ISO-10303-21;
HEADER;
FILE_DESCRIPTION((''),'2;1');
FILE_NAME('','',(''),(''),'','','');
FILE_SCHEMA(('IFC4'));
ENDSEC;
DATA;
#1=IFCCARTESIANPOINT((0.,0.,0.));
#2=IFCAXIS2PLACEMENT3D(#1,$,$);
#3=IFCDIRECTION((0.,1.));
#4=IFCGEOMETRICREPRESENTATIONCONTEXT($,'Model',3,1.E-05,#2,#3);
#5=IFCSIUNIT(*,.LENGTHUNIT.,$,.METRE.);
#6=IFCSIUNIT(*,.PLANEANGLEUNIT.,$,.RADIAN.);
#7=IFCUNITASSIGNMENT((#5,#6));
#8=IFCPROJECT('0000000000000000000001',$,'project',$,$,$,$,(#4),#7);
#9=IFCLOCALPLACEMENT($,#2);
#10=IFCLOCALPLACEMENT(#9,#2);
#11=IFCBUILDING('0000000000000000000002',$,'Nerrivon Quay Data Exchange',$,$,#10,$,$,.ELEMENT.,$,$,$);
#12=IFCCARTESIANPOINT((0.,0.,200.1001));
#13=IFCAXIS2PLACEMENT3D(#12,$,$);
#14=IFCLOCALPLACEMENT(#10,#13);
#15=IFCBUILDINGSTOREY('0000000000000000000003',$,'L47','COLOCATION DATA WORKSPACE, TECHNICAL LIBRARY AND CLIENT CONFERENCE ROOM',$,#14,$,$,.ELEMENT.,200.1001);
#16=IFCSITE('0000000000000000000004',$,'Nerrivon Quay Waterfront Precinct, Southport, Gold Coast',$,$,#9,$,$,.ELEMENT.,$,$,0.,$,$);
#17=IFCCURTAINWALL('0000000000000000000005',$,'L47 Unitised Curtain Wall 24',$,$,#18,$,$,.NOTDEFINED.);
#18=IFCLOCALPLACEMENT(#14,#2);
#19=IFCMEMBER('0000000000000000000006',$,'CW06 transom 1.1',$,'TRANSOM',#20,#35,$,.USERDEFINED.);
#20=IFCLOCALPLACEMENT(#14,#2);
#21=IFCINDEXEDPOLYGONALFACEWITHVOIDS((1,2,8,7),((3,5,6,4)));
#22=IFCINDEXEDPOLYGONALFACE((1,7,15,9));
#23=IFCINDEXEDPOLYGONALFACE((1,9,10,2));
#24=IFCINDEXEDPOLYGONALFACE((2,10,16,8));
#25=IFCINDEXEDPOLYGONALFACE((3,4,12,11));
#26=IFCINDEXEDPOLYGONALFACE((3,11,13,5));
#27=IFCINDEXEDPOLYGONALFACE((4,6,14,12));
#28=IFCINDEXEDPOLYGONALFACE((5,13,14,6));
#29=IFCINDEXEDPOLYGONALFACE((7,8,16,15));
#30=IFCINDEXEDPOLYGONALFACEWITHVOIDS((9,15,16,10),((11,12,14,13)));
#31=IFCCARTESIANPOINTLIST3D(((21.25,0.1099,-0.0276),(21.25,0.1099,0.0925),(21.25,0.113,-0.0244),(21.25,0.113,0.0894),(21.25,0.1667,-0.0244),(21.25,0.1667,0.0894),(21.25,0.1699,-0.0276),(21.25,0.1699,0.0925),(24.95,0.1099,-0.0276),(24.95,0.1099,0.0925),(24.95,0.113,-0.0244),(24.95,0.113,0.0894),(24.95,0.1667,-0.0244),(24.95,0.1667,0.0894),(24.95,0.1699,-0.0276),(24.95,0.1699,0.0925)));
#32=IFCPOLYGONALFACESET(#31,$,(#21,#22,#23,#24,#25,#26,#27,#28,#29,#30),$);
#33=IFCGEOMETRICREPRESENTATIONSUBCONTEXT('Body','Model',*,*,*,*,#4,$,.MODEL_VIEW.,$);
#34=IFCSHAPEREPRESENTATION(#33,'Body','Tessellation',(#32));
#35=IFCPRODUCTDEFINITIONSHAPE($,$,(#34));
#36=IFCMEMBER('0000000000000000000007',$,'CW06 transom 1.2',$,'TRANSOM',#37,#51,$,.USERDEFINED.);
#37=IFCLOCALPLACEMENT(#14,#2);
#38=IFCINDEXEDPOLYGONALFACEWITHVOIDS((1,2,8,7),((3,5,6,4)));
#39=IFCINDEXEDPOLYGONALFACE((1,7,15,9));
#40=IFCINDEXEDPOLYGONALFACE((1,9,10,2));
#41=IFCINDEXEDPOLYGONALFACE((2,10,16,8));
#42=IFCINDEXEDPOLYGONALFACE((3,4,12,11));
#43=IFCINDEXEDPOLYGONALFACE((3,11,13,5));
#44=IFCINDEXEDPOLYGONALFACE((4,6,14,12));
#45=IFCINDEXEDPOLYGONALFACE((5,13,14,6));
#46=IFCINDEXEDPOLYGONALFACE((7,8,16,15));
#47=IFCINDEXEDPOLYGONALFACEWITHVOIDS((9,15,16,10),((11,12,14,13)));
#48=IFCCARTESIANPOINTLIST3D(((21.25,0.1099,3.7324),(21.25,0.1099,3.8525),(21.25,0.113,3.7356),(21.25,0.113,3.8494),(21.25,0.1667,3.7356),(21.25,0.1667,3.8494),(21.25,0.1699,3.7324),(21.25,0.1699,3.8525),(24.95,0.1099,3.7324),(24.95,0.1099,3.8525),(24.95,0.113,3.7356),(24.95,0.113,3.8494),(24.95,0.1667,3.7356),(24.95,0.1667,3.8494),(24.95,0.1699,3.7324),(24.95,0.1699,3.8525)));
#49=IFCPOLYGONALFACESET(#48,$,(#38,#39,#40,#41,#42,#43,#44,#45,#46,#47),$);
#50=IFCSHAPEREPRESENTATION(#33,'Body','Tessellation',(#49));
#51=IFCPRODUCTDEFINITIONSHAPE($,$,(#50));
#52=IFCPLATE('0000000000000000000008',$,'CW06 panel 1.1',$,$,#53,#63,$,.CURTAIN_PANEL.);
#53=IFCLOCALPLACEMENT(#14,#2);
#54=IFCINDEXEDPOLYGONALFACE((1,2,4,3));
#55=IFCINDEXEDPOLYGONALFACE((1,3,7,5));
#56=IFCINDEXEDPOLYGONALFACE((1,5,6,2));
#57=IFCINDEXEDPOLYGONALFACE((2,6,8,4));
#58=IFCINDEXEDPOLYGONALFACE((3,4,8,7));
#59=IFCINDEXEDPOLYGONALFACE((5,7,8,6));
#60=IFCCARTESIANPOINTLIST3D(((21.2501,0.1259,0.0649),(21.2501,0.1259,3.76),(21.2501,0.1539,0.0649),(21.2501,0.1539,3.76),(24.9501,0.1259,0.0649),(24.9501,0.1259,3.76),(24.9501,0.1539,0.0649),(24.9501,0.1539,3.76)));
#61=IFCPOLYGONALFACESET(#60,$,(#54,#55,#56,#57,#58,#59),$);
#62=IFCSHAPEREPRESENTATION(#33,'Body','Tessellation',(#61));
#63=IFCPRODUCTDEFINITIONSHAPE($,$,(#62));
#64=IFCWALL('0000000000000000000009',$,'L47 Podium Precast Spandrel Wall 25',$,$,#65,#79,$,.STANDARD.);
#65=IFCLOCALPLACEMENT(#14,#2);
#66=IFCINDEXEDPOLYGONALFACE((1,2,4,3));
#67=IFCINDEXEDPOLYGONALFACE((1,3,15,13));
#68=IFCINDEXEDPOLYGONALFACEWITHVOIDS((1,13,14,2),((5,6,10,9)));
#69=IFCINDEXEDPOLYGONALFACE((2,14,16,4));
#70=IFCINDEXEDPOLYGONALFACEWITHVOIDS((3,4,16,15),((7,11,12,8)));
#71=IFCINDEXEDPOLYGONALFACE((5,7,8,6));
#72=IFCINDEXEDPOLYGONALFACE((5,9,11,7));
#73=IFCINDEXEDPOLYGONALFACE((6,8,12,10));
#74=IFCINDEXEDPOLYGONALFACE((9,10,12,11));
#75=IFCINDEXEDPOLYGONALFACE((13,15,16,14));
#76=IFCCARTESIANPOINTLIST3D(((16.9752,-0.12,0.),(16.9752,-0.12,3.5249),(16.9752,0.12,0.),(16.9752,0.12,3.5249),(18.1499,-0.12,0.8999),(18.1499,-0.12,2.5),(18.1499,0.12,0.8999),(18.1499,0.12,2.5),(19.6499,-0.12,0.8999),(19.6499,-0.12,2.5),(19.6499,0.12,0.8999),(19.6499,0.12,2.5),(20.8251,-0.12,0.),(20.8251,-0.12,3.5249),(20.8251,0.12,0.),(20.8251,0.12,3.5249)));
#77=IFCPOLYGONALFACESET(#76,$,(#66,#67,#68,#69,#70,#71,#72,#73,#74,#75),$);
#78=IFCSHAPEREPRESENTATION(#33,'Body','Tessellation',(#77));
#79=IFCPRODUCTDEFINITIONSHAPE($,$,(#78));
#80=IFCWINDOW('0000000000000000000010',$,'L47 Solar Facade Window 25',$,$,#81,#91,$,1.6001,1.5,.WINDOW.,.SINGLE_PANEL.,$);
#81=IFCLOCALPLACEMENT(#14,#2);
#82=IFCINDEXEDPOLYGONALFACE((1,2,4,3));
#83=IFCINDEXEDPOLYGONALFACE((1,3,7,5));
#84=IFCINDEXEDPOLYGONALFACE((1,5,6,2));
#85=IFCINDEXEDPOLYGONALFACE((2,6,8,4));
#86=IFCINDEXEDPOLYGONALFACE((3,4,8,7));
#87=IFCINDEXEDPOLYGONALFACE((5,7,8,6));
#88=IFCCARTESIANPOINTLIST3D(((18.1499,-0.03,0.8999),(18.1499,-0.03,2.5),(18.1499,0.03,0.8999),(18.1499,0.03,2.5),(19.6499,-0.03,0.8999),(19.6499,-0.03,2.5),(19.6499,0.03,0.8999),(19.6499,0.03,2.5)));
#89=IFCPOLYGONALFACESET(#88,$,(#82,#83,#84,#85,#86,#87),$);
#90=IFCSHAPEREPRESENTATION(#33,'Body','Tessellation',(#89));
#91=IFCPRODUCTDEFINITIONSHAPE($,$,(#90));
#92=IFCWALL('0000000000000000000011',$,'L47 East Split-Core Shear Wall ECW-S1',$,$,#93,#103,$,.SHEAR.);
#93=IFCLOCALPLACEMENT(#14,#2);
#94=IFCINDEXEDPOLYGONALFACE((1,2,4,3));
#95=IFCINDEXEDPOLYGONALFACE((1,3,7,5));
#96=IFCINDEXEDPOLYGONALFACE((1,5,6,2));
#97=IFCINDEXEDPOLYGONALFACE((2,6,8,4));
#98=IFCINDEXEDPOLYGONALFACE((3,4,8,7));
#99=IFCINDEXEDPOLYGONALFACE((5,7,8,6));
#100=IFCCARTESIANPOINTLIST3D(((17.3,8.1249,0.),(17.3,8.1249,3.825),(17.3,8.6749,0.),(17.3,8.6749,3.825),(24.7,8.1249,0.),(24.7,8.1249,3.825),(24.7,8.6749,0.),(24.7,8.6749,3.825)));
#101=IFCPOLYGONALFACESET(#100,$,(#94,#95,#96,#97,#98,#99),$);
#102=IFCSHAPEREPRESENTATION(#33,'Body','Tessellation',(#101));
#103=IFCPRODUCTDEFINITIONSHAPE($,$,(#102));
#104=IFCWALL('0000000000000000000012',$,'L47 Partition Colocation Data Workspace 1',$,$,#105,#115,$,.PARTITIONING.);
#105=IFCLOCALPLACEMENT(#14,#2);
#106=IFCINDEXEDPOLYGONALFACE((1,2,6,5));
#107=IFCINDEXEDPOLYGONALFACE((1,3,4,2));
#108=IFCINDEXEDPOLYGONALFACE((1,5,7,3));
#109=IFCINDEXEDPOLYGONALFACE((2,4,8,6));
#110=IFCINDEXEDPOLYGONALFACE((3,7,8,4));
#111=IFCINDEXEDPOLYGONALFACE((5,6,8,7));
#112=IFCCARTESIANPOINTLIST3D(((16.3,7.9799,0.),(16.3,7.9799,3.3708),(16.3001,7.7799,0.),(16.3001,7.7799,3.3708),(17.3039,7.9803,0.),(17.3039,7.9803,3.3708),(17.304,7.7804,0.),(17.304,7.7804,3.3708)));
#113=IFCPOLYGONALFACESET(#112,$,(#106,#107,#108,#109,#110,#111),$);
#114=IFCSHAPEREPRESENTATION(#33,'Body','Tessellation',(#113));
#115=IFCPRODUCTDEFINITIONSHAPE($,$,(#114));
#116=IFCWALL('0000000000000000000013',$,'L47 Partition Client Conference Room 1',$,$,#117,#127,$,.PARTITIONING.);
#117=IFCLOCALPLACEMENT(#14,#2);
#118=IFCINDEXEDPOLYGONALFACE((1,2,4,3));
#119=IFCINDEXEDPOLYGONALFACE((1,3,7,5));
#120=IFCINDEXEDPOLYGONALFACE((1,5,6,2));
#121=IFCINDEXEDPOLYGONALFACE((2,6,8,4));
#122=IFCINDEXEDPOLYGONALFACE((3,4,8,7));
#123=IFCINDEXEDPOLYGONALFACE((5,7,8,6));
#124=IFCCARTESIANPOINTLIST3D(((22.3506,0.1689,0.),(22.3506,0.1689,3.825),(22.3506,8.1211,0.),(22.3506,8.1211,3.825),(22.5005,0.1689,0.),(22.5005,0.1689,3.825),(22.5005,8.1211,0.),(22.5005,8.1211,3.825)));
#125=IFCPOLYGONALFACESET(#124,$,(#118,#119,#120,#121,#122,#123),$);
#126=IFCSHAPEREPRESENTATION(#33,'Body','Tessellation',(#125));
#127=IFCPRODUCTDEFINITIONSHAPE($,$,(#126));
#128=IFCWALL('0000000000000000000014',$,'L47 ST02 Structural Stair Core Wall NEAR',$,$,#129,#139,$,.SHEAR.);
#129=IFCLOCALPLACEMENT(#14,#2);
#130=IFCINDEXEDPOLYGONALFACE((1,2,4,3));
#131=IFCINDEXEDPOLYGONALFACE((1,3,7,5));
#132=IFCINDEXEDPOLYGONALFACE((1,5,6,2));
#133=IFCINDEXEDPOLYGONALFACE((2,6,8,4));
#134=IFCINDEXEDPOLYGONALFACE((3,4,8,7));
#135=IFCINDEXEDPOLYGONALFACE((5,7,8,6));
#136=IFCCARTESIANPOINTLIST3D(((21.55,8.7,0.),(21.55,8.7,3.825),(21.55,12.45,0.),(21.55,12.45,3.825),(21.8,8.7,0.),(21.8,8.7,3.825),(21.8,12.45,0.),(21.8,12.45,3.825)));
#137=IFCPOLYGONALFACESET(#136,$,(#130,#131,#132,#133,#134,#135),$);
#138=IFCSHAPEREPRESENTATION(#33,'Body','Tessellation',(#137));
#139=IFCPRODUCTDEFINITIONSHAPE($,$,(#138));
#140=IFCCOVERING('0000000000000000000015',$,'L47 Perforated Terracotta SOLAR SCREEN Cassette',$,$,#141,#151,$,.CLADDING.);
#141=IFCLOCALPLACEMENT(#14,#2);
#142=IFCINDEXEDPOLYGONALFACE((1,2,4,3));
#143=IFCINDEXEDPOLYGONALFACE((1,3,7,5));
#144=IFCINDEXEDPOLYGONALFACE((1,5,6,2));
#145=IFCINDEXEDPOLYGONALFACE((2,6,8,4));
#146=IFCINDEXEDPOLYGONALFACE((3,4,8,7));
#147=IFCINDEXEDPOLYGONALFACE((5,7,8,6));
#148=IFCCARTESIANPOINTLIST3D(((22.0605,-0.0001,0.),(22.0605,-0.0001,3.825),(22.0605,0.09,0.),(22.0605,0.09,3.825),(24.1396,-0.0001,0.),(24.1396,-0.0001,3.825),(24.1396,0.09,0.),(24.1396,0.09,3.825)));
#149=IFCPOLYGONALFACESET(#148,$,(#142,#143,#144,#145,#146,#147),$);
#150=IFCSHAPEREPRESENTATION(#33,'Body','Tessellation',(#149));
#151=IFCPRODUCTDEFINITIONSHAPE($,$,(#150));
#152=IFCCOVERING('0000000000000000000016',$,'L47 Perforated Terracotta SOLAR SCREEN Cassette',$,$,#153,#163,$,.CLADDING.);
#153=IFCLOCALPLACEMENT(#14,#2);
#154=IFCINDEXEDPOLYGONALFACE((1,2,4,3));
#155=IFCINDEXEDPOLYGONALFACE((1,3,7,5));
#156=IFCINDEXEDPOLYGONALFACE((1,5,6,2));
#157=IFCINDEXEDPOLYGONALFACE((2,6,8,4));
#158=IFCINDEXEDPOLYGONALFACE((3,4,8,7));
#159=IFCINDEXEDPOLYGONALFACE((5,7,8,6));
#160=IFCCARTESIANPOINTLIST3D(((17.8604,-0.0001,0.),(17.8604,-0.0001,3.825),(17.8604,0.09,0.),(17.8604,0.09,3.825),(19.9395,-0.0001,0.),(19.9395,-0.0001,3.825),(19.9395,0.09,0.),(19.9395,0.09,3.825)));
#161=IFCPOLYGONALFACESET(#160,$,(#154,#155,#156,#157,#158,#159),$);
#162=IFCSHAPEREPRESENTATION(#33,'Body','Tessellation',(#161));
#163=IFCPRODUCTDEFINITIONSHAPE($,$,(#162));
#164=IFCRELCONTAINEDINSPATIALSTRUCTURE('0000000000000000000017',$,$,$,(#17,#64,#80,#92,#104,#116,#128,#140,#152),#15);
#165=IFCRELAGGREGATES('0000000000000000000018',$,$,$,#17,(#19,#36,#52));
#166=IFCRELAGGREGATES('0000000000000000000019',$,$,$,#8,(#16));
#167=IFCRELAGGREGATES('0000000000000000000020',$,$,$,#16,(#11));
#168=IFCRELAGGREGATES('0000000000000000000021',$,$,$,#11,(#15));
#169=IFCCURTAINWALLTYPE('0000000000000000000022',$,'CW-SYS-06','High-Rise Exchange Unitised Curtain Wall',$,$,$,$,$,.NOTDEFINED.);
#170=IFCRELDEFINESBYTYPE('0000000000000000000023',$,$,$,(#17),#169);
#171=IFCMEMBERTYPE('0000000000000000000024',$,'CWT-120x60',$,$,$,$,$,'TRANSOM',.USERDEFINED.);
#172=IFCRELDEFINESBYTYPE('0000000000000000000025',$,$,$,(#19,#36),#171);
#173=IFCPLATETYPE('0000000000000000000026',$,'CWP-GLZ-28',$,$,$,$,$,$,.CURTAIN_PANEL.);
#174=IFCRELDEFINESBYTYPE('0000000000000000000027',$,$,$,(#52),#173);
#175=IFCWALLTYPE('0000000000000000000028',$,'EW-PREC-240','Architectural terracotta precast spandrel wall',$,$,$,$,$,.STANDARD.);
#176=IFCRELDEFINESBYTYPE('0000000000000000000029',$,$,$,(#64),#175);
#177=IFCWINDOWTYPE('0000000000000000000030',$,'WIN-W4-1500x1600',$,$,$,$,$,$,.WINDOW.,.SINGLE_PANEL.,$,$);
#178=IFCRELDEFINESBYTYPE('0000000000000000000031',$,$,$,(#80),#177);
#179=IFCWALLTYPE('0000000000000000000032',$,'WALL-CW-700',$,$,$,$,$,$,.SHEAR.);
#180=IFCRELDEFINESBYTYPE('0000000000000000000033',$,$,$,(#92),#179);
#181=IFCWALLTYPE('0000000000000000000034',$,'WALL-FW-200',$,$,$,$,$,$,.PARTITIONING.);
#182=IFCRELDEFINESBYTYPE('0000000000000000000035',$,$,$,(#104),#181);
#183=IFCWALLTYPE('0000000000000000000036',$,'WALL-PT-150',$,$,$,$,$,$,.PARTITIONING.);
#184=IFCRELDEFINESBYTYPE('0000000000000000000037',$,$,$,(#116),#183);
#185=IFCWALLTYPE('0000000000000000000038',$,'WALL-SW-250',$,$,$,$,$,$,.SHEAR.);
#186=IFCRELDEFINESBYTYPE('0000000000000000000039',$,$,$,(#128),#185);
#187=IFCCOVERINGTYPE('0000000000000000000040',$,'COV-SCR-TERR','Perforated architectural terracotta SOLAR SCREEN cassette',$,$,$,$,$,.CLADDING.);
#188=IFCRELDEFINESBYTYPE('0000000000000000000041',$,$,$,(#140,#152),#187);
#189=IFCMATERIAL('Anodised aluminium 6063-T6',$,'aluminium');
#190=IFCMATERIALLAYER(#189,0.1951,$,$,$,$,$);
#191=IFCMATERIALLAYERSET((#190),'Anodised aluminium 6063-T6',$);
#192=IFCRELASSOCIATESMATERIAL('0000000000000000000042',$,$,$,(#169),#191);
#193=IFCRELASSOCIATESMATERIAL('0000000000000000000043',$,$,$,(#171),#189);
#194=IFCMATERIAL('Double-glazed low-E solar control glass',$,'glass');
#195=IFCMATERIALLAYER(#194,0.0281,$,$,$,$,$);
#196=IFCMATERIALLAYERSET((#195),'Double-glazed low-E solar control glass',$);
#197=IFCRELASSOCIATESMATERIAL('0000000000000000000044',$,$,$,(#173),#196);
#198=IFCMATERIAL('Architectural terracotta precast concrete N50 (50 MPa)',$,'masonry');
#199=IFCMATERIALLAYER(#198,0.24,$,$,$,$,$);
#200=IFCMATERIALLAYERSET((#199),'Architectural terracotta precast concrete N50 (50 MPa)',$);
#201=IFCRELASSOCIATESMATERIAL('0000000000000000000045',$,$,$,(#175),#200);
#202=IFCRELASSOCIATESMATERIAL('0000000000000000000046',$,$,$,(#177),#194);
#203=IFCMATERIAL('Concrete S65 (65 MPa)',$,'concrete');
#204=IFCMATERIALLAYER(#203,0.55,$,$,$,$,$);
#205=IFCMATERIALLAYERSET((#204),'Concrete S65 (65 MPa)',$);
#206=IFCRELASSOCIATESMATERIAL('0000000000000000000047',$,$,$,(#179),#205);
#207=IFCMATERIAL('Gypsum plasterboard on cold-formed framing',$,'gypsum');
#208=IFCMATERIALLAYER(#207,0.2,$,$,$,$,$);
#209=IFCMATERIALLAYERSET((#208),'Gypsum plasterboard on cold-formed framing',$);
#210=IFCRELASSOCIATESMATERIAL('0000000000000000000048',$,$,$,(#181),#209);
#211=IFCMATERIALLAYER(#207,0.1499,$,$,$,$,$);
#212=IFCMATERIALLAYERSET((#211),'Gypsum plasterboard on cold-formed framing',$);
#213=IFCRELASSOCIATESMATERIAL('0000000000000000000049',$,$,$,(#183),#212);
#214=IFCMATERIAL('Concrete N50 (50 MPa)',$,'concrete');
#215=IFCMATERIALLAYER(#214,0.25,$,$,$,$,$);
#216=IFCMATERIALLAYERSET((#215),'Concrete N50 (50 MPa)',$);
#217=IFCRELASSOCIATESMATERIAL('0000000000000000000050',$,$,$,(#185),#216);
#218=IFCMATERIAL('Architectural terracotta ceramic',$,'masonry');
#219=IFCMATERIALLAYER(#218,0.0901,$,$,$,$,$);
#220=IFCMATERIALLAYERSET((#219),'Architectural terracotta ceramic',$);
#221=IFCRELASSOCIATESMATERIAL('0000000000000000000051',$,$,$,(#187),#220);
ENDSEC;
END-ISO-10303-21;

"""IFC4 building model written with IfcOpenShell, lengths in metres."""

from ifc_helpers import new_model, si_unit, direction, frame, frame_2d, origin, origin_2d, place, context, subcontext, project, spatial, rectangle, hollow_rectangle, extrude, material, layer, layer_set, material_profile, profile_set, type_object, element, fill, aggregate, save


model = new_model("IFC4")

# Units and contexts
model_context = context("Model", 3, precision=1e-05, world=origin(), true_north=direction((0.0, 1.0)))
body_context = subcontext(model_context, "Body", "Model", "MODEL_VIEW")
ifc_project = project(units=[si_unit("LENGTHUNIT", "METRE"), si_unit("PLANEANGLEUNIT", "RADIAN")], contexts=[model_context])

# Site, building, storey
site_placement = place(None, origin())
site = spatial("IfcSite", under=ifc_project, at=site_placement, Name="Nerrivon Quay Waterfront Precinct, Southport, Gold Coast", CompositionType="ELEMENT", RefElevation=0.0)
building_placement = place(site_placement, origin())
building = spatial("IfcBuilding", under=site, at=building_placement, Name="Nerrivon Quay Data Exchange", CompositionType="ELEMENT")
storey_placement = place(building_placement, frame((0.0, 0.0, 200.1001)))
storey = spatial("IfcBuildingStorey", under=building, at=storey_placement, Name="L47", Description="COLOCATION DATA WORKSPACE, TECHNICAL LIBRARY AND CLIENT CONFERENCE ROOM", CompositionType="ELEMENT", Elevation=200.1001)

# Shared definitions
ifc_material_1 = material(Name="Concrete S65 (65 MPa)", Category="concrete")
ifc_material_2 = material(Name="Concrete N50 (50 MPa)", Category="concrete")

# Curtain wall
ifc_material_3 = material(Name="Anodised aluminium 6063-T6", Category="aluminium")
ifc_layer_1 = layer(ifc_material_3, 0.1951)
ifc_layer_set_1 = layer_set([ifc_layer_1], Name="Anodised aluminium 6063-T6")
curtain_wall_type = type_object("IfcCurtainWallType", Name="CW-SYS-06", Description="High-Rise Exchange Unitised Curtain Wall", PredefinedType="NOTDEFINED", material=ifc_layer_set_1)
curtain_wall_1_placement = place(storey_placement, origin())
curtain_wall_1 = element("IfcCurtainWall", 1, at=curtain_wall_1_placement, inside=storey, type_object=curtain_wall_type, Name="L47 Unitised Curtain Wall 24", PredefinedType="NOTDEFINED")

# Members
ifc_material_profile_1 = material_profile(ifc_material_3, hollow_rectangle(XDim=0.0601, YDim=0.1201, WallThickness=0.0032, at=origin_2d()), Name="ALU-TRAN-120x60")
ifc_profile_set_1 = profile_set([ifc_material_profile_1], Name="Anodised aluminium 6063-T6")
member_type_1 = type_object("IfcMemberType", Name="CWT-120x60", ElementType="TRANSOM", PredefinedType="USERDEFINED", material=ifc_profile_set_1)
member_1_placement = place(storey_placement, frame((24.95, 0.1399, 0.0325), z_axis=(-1.0, 0.0, 0.0), x_axis=(0.0, -1.0, 0.0)))
member_1 = element("IfcMember", 2, at=member_1_placement, type_object=member_type_1, Name="CW06 transom 1.1", ObjectType="TRANSOM", PredefinedType="USERDEFINED", context=body_context, shape_type="SweptSolid", body=[
    extrude(hollow_rectangle(XDim=0.0601, YDim=0.1201, WallThickness=0.0032, at=origin_2d()), origin(), (0.0, 0.0, 1.0), 3.7),
])
member_2_placement = place(storey_placement, frame((24.95, 0.1399, 3.7925), z_axis=(-1.0, 0.0, 0.0), x_axis=(0.0, -1.0, 0.0)))
member_2 = element("IfcMember", 3, at=member_2_placement, type_object=member_type_1, Name="CW06 transom 1.2", ObjectType="TRANSOM", PredefinedType="USERDEFINED", context=body_context, shape_type="SweptSolid", body=[
    extrude(hollow_rectangle(XDim=0.0601, YDim=0.1201, WallThickness=0.0032, at=origin_2d()), origin(), (0.0, 0.0, 1.0), 3.7),
])

# Plate
ifc_material_4 = material(Name="Double-glazed low-E solar control glass", Category="glass")
ifc_layer_2 = layer(ifc_material_4, 0.0281)
ifc_layer_set_2 = layer_set([ifc_layer_2], Name="Double-glazed low-E solar control glass")
plate_type = type_object("IfcPlateType", Name="CWP-GLZ-28", PredefinedType="CURTAIN_PANEL", material=ifc_layer_set_2)
plate_placement = place(storey_placement, frame((23.1001, 0.1399, 0.0649), z_axis=(0.0, 0.0, 1.0), x_axis=(-1.0, 0.0, 0.0)))
plate = element("IfcPlate", 4, at=plate_placement, type_object=plate_type, Name="CW06 panel 1.1", PredefinedType="CURTAIN_PANEL", context=body_context, shape_type="SweptSolid", body=[
    extrude(rectangle(XDim=3.7, YDim=0.0281, at=origin_2d()), origin(), (0.0, 0.0, 1.0), 3.6951),
])
aggregate(curtain_wall_1, [member_1, member_2, plate])

# Wall, opening, window
ifc_material_5 = material(Name="Architectural terracotta precast concrete N50 (50 MPa)", Category="masonry")
ifc_layer_3 = layer(ifc_material_5, 0.24)
ifc_layer_set_3 = layer_set([ifc_layer_3], Name="Architectural terracotta precast concrete N50 (50 MPa)")
wall_type_1 = type_object("IfcWallType", Name="EW-PREC-240", Description="Architectural terracotta precast spandrel wall", PredefinedType="STANDARD", material=ifc_layer_set_3)
wall_1_placement = place(storey_placement, frame((20.825, 0.0, 0.0), z_axis=(0.0, 0.0, 1.0), x_axis=(-1.0, 0.0, 0.0)))
wall_1 = element("IfcWall", 5, at=wall_1_placement, inside=storey, type_object=wall_type_1, Name="L47 Podium Precast Spandrel Wall 25", PredefinedType="STANDARD", context=body_context, shape_type="SweptSolid", body=[
    extrude(rectangle(XDim=3.8499, YDim=0.24, at=frame_2d((1.9248, 0.0))), origin(), (0.0, 0.0, 1.0), 3.5249),
])
opening_placement = place(wall_1_placement, frame((1.175, 0.0, 0.8999)))
opening = element("IfcOpeningElement", 6, at=opening_placement, cuts=wall_1, PredefinedType="OPENING", context=body_context, shape_type="SweptSolid", body=[
    extrude(rectangle(XDim=1.5, YDim=1.6001, at=frame_2d((0.75, 0.8))), frame((0.0, 0.1299, 0.0), z_axis=(0.0, -1.0, 0.0), x_axis=(1.0, 0.0, 0.0)), (0.0, 0.0, 1.0), 0.26),
])
window_type = type_object("IfcWindowType", Name="WIN-W4-1500x1600", PartitioningType="SINGLE_PANEL", PredefinedType="WINDOW", material=ifc_material_4)
window_placement = place(opening_placement, origin())
window = element("IfcWindow", 7, at=window_placement, inside=storey, type_object=window_type, Name="L47 Solar Facade Window 25", OverallHeight=1.6001, OverallWidth=1.5, PartitioningType="SINGLE_PANEL", PredefinedType="WINDOW", context=body_context, shape_type="SweptSolid", body=[
    extrude(rectangle(XDim=1.5, YDim=1.6001, at=frame_2d((0.75, 0.8))), frame((0.0, 0.03, 0.0), z_axis=(0.0, -1.0, 0.0), x_axis=(1.0, 0.0, 0.0)), (0.0, 0.0, 1.0), 0.0601),
])
fill(opening, window)

# Walls
ifc_layer_4 = layer(ifc_material_1, 0.55)
ifc_layer_set_4 = layer_set([ifc_layer_4], Name="Concrete S65 (65 MPa)")
wall_type_2 = type_object("IfcWallType", Name="WALL-CW-700", PredefinedType="SHEAR", material=ifc_layer_set_4)
wall_2_placement = place(storey_placement, frame((17.3, 8.3999, 0.0), z_axis=(0.0, 0.0, 1.0), x_axis=(1.0, 0.0, 0.0)))
element("IfcWall", 8, at=wall_2_placement, inside=storey, type_object=wall_type_2, Name="L47 East Split-Core Shear Wall ECW-S1", PredefinedType="SHEAR", context=body_context, shape_type="SweptSolid", body=[
    extrude(rectangle(XDim=7.3999, YDim=0.55, at=frame_2d((3.7, 0.0))), origin(), (0.0, 0.0, 1.0), 3.825),
])
ifc_material_6 = material(Name="Gypsum plasterboard on cold-formed framing", Category="gypsum")
ifc_layer_5 = layer(ifc_material_6, 0.2)
ifc_layer_set_5 = layer_set([ifc_layer_5], Name="Gypsum plasterboard on cold-formed framing")
wall_type_3 = type_object("IfcWallType", Name="WALL-FW-200", PredefinedType="PARTITIONING", material=ifc_layer_set_5)
wall_3_placement = place(storey_placement, frame((17.304, 7.8804, 0.0), z_axis=(0.0, 0.0, 1.0), x_axis=(-1.0, -0.000486, 0.0)))
element("IfcWall", 9, at=wall_3_placement, inside=storey, type_object=wall_type_3, Name="L47 Partition Colocation Data Workspace 1", PredefinedType="PARTITIONING", context=body_context, shape_type="SweptSolid", body=[
    extrude(rectangle(XDim=1.0039, YDim=0.2, at=frame_2d((0.502, 0.0))), origin(), (0.0, 0.0, 1.0), 3.3708),
])
ifc_layer_6 = layer(ifc_material_6, 0.1499)
ifc_layer_set_6 = layer_set([ifc_layer_6], Name="Gypsum plasterboard on cold-formed framing")
wall_type_4 = type_object("IfcWallType", Name="WALL-PT-150", PredefinedType="PARTITIONING", material=ifc_layer_set_6)
wall_4_placement = place(storey_placement, frame((22.4255, 8.1211, 0.0), z_axis=(0.0, 0.0, 1.0), x_axis=(0.0, -1.0, 0.0)))
element("IfcWall", 10, at=wall_4_placement, inside=storey, type_object=wall_type_4, Name="L47 Partition Client Conference Room 1", PredefinedType="PARTITIONING", context=body_context, shape_type="SweptSolid", body=[
    extrude(rectangle(XDim=7.9521, YDim=0.1499, at=frame_2d((3.9761, 0.0))), origin(), (0.0, 0.0, 1.0), 3.825),
])
ifc_layer_7 = layer(ifc_material_2, 0.25)
ifc_layer_set_7 = layer_set([ifc_layer_7], Name="Concrete N50 (50 MPa)")
wall_type_5 = type_object("IfcWallType", Name="WALL-SW-250", PredefinedType="SHEAR", material=ifc_layer_set_7)
wall_5_placement = place(storey_placement, frame((21.675, 8.7, 0.0), z_axis=(0.0, 0.0, 1.0), x_axis=(0.0, 1.0, 0.0)))
element("IfcWall", 11, at=wall_5_placement, inside=storey, type_object=wall_type_5, Name="L47 ST02 Structural Stair Core Wall NEAR", PredefinedType="SHEAR", context=body_context, shape_type="SweptSolid", body=[
    extrude(rectangle(XDim=3.75, YDim=0.25, at=frame_2d((1.875, 0.0))), origin(), (0.0, 0.0, 1.0), 3.825),
])

# Coverings
ifc_material_7 = material(Name="Architectural terracotta ceramic", Category="masonry")
ifc_layer_8 = layer(ifc_material_7, 0.0901)
ifc_layer_set_8 = layer_set([ifc_layer_8], Name="Architectural terracotta ceramic")
covering_type = type_object("IfcCoveringType", Name="COV-SCR-TERR", Description="Perforated architectural terracotta SOLAR SCREEN cassette", PredefinedType="CLADDING", material=ifc_layer_set_8)
for number, where, z_axis, x_axis, name in (
    (12, (23.1001, 0.0449, 0.0), (0.0, 0.0, 1.0), (-1.0, 0.0, 0.0), "L47 Perforated Terracotta SOLAR SCREEN Cassette"),
    (13, (18.8999, 0.0449, 0.0), (0.0, 0.0, 1.0), (-1.0, 0.0, 0.0), "L47 Perforated Terracotta SOLAR SCREEN Cassette"),
):
    element("IfcCovering", number, at=place(storey_placement, frame(where, z_axis=z_axis, x_axis=x_axis)), inside=storey, type_object=covering_type, Name=name, PredefinedType="CLADDING", context=body_context, shape_type="SweptSolid", body=[
        extrude(rectangle(XDim=2.0791, YDim=0.0901, at=origin_2d()), origin(), (0.0, 0.0, 1.0), 3.825),
    ])

save(model, "model.ifc")
